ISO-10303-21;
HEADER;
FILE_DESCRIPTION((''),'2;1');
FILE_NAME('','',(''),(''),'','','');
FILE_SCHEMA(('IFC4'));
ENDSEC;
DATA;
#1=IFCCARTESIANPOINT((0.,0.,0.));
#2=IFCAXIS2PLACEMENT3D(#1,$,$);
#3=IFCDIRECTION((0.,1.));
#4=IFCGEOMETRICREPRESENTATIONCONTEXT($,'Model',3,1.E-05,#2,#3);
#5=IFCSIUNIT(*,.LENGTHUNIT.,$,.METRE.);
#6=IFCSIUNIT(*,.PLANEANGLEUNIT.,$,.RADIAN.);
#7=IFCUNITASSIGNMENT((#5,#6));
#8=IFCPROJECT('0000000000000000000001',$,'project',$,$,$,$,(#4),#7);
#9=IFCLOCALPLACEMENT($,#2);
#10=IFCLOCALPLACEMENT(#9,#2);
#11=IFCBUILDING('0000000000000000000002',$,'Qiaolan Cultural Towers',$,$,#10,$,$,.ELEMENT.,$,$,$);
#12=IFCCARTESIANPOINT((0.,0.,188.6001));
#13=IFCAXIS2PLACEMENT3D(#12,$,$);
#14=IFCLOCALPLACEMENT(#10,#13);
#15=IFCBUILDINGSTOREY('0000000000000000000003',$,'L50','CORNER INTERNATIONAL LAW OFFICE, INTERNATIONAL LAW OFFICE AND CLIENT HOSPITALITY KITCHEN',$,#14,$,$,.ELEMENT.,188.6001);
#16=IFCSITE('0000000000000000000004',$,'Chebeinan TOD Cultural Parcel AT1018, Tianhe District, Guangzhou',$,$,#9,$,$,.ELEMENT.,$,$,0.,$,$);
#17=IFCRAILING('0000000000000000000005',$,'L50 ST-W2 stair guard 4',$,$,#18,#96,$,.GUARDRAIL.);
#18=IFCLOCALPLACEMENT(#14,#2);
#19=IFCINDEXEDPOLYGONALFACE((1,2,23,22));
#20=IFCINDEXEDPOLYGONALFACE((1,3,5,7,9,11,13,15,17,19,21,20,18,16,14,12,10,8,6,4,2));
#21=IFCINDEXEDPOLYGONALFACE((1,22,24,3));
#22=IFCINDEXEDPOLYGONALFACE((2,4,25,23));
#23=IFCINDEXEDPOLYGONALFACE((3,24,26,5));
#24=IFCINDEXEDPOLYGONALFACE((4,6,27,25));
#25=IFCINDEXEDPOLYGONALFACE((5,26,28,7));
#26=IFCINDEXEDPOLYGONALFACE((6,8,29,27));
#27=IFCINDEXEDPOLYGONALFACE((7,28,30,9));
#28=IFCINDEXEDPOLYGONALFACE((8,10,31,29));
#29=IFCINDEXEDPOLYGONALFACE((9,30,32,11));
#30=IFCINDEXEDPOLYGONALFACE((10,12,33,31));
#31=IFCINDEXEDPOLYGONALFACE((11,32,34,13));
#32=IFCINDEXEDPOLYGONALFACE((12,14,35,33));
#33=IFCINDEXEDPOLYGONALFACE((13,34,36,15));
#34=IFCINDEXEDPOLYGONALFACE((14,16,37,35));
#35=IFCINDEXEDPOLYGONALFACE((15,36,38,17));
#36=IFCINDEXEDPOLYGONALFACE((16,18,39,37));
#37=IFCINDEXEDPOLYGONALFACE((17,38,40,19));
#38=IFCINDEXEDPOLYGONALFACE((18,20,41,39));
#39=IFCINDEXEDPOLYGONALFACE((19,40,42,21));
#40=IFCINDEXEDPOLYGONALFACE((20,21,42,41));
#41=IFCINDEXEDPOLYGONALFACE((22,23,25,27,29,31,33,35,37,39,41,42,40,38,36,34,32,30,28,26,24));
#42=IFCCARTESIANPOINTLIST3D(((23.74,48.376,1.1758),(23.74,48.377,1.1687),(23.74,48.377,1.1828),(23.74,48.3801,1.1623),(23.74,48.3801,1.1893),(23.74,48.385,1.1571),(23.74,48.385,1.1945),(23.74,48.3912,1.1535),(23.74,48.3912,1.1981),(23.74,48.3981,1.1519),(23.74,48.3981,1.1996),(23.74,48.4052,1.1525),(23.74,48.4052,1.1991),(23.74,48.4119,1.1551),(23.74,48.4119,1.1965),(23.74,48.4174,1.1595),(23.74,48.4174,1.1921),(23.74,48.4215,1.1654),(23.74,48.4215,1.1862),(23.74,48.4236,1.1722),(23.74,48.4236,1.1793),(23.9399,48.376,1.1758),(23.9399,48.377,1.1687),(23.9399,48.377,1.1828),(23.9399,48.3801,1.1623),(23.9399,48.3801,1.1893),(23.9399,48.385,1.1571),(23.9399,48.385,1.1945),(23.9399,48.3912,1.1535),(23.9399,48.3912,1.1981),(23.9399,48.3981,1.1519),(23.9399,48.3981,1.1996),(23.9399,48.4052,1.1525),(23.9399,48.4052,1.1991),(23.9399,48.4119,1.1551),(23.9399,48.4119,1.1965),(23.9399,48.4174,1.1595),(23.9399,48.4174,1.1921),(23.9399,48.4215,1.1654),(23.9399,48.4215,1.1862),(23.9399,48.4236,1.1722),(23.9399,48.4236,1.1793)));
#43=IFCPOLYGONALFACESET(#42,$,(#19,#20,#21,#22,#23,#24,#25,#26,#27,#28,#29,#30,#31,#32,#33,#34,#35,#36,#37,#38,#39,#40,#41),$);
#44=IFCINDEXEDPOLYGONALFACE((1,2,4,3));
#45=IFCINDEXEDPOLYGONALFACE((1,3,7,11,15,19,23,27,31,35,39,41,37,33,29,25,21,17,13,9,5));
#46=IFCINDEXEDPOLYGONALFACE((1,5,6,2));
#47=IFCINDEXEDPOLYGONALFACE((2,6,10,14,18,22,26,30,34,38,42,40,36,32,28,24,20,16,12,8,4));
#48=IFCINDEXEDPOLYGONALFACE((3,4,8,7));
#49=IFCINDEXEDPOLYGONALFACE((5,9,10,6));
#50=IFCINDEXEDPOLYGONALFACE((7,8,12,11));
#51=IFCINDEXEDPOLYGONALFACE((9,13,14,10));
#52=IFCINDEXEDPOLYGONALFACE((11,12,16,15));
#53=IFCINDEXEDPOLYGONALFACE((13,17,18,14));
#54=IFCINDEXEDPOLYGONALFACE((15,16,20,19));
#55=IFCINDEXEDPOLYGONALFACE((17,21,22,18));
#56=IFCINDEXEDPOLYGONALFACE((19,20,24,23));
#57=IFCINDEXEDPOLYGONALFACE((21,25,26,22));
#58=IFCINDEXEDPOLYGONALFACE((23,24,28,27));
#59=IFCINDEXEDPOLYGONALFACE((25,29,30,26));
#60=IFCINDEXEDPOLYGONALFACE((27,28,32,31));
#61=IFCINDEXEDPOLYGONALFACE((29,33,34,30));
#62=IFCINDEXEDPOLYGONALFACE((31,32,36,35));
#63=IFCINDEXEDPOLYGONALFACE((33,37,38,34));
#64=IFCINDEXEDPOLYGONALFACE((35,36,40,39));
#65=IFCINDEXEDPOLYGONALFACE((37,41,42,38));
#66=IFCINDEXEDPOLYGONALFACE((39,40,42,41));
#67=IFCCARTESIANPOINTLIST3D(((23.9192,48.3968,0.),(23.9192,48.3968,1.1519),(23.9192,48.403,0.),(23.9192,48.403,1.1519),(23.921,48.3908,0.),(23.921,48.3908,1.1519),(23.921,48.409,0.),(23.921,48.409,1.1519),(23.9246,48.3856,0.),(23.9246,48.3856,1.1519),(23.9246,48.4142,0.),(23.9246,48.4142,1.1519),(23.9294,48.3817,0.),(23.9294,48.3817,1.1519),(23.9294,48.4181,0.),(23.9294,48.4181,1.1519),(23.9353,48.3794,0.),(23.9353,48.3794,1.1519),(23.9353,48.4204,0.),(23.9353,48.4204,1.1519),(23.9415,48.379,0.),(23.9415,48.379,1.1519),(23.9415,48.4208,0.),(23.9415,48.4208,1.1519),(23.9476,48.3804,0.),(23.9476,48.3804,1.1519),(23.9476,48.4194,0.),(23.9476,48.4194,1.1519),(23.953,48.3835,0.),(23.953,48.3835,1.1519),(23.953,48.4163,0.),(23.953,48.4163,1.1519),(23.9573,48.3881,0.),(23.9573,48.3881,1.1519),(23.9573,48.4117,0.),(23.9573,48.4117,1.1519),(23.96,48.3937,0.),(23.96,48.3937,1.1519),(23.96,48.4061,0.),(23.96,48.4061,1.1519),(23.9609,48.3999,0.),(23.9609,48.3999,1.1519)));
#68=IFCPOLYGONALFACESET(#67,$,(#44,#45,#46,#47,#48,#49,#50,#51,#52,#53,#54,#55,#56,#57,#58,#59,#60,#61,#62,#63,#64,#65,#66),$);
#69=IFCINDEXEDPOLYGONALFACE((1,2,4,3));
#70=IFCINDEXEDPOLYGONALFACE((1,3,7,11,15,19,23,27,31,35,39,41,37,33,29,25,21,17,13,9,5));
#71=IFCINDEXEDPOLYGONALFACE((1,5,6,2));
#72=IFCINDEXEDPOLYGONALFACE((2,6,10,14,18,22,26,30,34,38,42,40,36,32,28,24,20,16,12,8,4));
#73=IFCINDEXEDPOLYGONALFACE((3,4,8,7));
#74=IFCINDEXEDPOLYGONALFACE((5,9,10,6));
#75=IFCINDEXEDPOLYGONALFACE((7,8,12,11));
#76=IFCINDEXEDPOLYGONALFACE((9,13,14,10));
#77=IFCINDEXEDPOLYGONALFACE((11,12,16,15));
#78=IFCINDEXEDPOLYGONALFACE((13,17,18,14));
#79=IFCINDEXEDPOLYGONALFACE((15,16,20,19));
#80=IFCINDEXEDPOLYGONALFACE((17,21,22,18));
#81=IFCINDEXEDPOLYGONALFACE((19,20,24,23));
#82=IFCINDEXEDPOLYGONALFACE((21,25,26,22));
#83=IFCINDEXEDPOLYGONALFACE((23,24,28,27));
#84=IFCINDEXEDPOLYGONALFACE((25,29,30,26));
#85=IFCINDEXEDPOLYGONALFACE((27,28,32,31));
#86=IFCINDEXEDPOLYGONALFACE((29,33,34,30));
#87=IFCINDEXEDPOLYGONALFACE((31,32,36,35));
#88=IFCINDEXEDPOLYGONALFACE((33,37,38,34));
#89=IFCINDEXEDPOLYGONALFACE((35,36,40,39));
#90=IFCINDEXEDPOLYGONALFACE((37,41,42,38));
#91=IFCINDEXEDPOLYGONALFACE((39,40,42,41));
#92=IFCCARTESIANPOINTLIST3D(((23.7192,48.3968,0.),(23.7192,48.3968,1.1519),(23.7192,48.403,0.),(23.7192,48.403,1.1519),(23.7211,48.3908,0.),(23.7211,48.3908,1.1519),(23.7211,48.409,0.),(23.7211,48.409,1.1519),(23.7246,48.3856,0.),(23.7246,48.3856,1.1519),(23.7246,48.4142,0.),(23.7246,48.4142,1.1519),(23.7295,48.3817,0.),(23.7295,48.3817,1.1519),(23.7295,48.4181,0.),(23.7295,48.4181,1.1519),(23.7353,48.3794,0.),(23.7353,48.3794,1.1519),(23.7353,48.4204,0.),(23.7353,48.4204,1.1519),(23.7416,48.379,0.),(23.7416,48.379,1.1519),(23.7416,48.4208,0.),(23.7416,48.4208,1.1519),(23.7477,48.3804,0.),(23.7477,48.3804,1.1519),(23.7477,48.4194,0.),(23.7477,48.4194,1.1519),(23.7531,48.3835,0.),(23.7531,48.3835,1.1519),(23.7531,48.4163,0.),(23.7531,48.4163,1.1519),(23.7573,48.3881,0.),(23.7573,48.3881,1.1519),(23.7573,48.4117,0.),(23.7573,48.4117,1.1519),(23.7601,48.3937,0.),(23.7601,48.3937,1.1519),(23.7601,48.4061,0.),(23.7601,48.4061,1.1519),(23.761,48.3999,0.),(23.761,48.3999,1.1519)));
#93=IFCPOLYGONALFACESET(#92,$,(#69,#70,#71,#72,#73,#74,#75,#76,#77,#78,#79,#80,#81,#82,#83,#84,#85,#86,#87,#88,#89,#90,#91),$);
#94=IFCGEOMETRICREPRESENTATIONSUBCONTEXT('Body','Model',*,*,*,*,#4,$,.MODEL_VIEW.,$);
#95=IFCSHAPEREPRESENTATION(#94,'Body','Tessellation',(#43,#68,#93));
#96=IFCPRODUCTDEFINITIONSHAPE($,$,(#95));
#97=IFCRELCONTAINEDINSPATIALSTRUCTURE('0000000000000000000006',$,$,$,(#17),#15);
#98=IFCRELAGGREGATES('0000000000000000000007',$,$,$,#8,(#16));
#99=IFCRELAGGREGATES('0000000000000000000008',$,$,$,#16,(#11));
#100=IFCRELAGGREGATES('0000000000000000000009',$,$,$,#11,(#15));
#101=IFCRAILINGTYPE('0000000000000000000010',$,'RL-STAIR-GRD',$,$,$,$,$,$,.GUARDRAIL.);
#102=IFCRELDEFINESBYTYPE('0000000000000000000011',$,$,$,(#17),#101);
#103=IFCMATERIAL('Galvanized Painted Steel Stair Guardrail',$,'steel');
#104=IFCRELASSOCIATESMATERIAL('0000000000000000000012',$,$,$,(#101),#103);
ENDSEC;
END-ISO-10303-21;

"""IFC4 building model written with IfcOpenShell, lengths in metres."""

from ifc_helpers import new_model, si_unit, direction, frame, origin, origin_2d, place, context, subcontext, project, spatial, circle, extrude, material, type_object, element, save


model = new_model("IFC4")

# Units and contexts
model_context = context("Model", 3, precision=1e-05, world=origin(), true_north=direction((0.0, 1.0)))
body_context = subcontext(model_context, "Body", "Model", "MODEL_VIEW")
ifc_project = project(units=[si_unit("LENGTHUNIT", "METRE"), si_unit("PLANEANGLEUNIT", "RADIAN")], contexts=[model_context])

# Site, building, storey
site_placement = place(None, origin())
site = spatial("IfcSite", under=ifc_project, at=site_placement, Name="Chebeinan TOD Cultural Parcel AT1018, Tianhe District, Guangzhou", CompositionType="ELEMENT", RefElevation=0.0)
building_placement = place(site_placement, origin())
building = spatial("IfcBuilding", under=site, at=building_placement, Name="Qiaolan Cultural Towers", CompositionType="ELEMENT")
storey_placement = place(building_placement, frame((0.0, 0.0, 188.6001)))
storey = spatial("IfcBuildingStorey", under=building, at=storey_placement, Name="L50", Description="CORNER INTERNATIONAL LAW OFFICE, INTERNATIONAL LAW OFFICE AND CLIENT HOSPITALITY KITCHEN", CompositionType="ELEMENT", Elevation=188.6001)

# Railing
ifc_material_1 = material(Name="Galvanized Painted Steel Stair Guardrail", Category="steel")
railing_type_1 = type_object("IfcRailingType", Name="RL-STAIR-GRD", PredefinedType="GUARDRAIL", material=ifc_material_1)
railing_1_placement = place(storey_placement, frame((23.9399, 48.3999, 0.0)))
element("IfcRailing", 1, at=railing_1_placement, inside=storey, type_object=railing_type_1, Name="L50 ST-W2 stair guard 4", PredefinedType="GUARDRAIL", context=body_context, shape_type="SweptSolid", body=[
    extrude(circle(Radius=0.0239, at=origin_2d()), frame((0.0, 0.0, 1.1758), z_axis=(-1.0, 0.0, 0.0), x_axis=(0.0, -1.0, 0.0)), (0.0, 0.0, 1.0), 0.2),
    extrude(circle(Radius=0.021, at=origin_2d()), origin(), (0.0, 0.0, 1.0), 1.1519),
    extrude(circle(Radius=0.021, at=origin_2d()), frame((-0.2, 0.0, 0.0)), (0.0, 0.0, 1.0), 1.1519),
])

save(model, "model.ifc")
